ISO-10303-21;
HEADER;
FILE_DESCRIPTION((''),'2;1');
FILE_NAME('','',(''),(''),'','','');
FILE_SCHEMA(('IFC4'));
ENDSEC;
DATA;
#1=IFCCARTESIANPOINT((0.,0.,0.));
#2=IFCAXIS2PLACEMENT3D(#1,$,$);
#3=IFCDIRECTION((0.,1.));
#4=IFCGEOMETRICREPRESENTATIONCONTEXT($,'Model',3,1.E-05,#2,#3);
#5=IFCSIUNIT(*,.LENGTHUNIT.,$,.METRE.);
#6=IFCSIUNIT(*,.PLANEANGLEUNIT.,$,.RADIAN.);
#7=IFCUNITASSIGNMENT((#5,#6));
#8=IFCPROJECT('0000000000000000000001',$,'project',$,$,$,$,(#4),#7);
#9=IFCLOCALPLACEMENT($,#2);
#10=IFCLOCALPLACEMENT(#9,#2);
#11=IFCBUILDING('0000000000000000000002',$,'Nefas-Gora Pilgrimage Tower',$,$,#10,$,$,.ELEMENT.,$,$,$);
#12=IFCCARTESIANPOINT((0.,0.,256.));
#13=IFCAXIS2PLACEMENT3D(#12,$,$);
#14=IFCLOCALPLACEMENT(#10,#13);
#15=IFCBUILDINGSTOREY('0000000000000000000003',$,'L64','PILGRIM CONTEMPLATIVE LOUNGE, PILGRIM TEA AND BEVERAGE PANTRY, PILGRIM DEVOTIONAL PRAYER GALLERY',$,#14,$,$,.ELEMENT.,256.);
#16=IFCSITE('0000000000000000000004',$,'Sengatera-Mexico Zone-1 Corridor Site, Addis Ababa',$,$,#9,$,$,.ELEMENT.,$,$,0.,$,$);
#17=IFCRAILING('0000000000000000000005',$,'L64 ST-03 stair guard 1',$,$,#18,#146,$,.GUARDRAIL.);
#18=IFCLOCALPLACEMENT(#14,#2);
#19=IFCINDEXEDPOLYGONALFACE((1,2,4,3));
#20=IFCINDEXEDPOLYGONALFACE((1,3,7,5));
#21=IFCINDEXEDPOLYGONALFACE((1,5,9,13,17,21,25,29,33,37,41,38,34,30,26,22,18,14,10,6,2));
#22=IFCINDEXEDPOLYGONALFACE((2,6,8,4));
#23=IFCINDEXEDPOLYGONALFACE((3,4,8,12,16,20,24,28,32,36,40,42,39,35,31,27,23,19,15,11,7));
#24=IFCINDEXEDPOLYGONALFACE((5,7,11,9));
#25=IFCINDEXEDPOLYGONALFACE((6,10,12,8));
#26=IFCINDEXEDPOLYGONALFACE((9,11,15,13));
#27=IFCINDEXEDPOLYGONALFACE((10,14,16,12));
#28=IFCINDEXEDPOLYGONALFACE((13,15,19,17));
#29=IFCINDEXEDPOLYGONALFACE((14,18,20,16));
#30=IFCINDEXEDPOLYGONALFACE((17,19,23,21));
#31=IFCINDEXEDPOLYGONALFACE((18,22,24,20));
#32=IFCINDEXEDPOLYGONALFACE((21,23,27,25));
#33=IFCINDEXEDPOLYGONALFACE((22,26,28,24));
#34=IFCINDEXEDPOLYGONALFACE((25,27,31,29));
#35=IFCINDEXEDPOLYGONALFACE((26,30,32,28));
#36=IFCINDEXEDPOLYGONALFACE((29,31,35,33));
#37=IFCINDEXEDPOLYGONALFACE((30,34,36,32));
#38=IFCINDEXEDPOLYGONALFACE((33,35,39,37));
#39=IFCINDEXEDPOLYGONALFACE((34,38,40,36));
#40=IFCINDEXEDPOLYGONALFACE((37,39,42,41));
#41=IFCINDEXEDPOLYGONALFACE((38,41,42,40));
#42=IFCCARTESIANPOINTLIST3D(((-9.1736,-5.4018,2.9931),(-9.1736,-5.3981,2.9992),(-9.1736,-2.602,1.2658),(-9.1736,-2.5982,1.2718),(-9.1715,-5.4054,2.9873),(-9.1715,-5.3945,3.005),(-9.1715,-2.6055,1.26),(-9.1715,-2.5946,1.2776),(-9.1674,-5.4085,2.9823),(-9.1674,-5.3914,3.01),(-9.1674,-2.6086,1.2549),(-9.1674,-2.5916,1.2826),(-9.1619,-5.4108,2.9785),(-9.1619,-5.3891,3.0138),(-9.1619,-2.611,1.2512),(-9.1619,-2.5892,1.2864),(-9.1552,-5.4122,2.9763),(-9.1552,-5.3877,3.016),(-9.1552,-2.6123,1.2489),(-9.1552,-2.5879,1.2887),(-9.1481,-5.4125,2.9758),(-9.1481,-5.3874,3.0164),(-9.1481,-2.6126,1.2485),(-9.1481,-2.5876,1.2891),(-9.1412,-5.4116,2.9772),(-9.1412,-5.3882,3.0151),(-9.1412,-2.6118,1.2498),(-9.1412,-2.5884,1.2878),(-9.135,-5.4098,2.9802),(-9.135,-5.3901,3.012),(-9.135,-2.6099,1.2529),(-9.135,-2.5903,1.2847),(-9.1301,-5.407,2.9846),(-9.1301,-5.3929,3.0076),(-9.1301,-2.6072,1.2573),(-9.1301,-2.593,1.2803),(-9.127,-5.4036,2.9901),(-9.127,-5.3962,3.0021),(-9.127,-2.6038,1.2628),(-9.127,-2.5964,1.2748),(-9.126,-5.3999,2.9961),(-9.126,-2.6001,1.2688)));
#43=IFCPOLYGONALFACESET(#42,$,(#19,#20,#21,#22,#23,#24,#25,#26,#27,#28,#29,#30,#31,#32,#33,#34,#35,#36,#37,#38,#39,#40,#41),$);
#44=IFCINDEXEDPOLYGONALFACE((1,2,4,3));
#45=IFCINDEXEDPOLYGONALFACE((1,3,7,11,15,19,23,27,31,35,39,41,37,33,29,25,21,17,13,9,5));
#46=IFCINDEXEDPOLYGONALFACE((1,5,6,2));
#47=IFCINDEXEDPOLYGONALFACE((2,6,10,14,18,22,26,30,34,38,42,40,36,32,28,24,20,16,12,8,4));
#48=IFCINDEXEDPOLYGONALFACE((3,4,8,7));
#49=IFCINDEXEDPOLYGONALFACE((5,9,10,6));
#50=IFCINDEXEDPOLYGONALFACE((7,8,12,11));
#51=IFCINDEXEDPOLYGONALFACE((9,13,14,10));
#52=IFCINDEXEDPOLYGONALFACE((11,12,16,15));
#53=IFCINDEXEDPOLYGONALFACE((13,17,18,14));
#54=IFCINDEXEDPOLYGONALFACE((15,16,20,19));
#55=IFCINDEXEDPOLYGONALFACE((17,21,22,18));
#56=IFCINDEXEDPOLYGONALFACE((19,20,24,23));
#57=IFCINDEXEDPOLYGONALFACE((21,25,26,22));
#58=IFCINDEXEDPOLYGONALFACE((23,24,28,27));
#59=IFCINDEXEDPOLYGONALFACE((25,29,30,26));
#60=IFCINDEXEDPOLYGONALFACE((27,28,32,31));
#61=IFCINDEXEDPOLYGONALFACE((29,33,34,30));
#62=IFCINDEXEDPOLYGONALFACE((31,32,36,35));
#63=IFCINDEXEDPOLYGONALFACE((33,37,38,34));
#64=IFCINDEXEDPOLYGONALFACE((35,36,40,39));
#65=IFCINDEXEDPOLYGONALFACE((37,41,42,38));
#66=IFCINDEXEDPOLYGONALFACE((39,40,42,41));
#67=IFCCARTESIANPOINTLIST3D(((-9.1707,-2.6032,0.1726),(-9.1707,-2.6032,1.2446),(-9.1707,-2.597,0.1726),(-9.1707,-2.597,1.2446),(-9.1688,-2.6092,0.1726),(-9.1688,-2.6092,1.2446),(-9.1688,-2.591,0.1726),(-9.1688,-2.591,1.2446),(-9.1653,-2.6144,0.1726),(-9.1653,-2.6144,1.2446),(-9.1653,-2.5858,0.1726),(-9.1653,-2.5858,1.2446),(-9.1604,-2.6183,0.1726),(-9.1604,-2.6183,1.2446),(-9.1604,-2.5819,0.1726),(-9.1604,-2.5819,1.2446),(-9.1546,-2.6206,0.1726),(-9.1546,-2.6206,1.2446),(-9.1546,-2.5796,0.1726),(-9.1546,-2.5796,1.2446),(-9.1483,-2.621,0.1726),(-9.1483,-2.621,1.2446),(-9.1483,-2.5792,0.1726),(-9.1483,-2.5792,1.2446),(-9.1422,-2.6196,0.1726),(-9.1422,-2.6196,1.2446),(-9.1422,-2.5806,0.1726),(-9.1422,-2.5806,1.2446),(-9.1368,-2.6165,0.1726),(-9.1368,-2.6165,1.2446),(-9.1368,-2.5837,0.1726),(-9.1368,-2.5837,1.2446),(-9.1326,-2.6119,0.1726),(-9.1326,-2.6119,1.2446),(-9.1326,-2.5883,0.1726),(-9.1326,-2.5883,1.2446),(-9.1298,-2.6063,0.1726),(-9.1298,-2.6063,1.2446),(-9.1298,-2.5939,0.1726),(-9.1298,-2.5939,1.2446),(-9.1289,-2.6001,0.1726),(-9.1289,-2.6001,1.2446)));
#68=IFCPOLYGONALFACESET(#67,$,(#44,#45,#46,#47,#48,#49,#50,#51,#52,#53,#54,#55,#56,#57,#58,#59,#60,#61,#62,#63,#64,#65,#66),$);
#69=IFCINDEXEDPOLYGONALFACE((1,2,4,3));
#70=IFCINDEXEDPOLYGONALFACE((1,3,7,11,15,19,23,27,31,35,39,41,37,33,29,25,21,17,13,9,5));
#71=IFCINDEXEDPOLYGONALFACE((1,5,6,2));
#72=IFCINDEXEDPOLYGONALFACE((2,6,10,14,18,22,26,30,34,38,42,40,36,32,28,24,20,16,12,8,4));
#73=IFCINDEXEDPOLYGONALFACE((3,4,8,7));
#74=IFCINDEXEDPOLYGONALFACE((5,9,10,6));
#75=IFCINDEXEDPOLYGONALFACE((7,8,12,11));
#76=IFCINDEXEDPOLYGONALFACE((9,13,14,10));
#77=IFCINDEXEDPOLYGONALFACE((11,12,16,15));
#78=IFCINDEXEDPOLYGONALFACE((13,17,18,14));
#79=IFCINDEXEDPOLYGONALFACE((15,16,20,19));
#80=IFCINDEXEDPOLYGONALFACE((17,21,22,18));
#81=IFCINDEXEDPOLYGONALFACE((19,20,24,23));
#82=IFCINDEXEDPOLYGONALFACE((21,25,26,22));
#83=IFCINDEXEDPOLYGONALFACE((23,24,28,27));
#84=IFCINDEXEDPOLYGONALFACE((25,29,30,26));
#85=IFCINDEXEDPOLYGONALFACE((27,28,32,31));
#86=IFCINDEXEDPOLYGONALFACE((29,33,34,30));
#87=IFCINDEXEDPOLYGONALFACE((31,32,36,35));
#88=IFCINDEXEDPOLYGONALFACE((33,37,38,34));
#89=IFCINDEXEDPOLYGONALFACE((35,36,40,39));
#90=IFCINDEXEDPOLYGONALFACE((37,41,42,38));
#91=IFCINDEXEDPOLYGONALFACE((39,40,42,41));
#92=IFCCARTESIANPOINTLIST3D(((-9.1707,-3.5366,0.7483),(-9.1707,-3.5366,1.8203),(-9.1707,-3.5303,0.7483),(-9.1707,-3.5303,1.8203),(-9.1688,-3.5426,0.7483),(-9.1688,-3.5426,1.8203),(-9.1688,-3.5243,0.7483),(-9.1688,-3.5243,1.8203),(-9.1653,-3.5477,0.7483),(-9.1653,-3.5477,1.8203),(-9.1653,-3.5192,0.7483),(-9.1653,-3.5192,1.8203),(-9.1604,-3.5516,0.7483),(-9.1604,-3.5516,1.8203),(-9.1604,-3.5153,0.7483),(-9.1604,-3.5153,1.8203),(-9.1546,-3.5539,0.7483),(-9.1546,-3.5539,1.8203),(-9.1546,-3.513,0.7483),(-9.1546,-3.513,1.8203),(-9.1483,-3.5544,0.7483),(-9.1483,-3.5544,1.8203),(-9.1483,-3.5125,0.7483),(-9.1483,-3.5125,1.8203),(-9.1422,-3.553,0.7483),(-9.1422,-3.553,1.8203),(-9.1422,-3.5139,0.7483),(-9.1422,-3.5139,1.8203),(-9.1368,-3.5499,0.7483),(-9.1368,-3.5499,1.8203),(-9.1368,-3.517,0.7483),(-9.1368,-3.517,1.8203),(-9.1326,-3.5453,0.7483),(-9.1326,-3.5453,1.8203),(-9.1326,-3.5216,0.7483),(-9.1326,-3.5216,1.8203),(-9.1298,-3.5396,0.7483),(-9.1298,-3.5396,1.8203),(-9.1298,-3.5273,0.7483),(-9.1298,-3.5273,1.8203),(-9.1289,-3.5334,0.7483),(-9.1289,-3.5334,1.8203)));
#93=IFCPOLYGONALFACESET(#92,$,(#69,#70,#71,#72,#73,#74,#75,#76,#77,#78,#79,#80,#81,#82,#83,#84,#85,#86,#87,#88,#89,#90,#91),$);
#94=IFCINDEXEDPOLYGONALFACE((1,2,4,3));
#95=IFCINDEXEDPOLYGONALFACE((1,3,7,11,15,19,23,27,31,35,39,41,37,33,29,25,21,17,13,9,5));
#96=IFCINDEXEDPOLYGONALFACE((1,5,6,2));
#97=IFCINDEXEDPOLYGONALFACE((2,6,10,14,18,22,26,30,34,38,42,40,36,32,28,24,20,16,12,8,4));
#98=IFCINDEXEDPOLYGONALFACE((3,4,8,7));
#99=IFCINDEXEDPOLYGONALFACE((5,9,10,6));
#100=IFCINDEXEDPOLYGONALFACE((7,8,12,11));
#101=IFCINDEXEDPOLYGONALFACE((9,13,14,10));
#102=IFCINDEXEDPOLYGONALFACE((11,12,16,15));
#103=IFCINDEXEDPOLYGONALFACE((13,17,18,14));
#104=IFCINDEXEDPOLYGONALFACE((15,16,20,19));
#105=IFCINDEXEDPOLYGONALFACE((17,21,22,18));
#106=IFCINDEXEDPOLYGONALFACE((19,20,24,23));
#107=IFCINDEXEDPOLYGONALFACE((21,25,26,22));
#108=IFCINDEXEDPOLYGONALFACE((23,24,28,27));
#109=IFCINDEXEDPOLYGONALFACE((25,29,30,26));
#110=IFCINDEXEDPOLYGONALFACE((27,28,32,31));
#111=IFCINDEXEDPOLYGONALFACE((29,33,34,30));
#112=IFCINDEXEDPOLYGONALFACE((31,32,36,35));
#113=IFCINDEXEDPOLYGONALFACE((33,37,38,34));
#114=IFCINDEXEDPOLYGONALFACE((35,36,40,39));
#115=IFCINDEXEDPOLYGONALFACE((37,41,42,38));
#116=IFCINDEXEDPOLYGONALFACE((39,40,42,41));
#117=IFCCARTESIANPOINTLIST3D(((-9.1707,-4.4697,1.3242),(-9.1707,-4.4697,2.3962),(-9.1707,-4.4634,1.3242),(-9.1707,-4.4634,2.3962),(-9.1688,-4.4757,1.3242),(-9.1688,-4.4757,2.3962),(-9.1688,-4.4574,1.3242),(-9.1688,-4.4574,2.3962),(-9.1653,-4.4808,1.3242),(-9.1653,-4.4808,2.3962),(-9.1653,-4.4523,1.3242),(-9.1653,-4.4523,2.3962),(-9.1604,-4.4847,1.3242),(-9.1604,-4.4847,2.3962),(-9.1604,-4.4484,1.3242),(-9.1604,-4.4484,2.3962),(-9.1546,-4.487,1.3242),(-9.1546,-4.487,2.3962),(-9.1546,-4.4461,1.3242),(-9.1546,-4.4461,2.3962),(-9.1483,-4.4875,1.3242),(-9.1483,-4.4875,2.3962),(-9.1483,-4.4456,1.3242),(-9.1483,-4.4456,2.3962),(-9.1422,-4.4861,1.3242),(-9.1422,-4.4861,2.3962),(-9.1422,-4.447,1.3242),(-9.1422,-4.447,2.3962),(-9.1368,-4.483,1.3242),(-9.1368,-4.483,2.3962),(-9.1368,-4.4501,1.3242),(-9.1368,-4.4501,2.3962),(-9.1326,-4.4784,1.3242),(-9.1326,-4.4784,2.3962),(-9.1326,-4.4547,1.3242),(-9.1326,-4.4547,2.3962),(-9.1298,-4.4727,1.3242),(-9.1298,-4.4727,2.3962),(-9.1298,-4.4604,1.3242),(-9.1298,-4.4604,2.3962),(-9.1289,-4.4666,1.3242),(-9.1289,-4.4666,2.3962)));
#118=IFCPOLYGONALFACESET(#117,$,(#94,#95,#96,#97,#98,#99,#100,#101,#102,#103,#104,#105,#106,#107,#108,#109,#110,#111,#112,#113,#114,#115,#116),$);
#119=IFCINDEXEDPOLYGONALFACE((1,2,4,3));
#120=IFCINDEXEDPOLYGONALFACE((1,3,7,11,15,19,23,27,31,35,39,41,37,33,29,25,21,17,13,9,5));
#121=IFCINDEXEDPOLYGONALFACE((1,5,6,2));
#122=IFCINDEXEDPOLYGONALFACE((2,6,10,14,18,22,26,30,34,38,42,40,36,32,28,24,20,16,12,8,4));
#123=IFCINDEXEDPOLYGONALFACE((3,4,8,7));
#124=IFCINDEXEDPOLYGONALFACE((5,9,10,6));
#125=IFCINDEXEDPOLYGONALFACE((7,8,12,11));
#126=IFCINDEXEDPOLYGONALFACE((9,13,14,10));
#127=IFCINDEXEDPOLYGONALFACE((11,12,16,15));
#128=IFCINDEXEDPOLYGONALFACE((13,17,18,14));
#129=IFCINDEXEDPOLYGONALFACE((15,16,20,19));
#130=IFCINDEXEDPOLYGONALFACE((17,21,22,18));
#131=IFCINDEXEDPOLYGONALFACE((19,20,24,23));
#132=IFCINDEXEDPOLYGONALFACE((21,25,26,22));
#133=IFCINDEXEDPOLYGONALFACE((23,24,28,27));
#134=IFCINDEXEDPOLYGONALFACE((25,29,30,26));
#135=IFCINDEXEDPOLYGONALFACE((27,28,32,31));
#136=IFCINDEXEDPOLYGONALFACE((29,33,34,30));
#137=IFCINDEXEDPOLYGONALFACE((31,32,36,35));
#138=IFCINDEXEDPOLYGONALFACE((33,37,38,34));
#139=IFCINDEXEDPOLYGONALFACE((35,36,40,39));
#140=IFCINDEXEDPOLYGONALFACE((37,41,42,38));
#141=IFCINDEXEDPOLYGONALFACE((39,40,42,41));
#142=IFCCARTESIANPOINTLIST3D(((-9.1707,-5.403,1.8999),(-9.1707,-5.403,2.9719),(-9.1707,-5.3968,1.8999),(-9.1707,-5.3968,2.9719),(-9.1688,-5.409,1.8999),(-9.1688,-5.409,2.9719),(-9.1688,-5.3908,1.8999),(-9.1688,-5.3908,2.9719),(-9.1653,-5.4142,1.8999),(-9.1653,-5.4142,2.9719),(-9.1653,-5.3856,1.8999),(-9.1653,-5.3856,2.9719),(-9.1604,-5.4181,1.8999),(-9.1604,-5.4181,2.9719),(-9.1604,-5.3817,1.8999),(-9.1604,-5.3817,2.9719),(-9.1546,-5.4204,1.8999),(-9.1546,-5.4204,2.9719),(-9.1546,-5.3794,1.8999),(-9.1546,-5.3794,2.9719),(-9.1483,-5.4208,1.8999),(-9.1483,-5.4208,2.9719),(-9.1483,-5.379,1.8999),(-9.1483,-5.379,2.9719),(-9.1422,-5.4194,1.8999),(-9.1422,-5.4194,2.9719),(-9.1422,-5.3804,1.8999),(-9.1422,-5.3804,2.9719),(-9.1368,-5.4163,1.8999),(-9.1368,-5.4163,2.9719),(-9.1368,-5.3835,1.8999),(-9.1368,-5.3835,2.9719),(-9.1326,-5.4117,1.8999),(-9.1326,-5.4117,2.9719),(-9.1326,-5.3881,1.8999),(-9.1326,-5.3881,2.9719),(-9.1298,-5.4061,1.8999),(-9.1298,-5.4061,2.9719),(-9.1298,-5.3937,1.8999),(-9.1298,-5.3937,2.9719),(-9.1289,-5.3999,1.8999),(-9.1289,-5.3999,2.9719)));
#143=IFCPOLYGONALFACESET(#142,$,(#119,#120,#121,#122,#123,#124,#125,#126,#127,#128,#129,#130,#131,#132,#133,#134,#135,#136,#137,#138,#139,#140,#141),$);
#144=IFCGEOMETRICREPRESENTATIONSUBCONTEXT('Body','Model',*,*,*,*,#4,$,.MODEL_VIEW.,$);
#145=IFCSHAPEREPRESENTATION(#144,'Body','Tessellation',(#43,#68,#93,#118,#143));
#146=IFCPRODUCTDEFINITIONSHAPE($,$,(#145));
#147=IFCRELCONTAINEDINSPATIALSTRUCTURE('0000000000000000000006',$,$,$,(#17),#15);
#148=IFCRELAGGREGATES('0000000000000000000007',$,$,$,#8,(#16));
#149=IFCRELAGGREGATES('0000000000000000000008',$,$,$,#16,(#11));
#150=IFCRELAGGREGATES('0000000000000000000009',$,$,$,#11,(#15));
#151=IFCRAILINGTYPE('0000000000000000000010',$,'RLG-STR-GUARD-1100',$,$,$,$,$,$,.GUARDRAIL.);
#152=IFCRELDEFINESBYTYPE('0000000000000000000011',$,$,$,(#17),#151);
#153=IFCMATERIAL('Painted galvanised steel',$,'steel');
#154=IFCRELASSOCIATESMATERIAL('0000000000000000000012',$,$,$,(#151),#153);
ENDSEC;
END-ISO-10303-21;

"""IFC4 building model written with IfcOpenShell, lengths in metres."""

from ifc_helpers import new_model, si_unit, direction, frame, origin, origin_2d, place, context, subcontext, project, spatial, circle, extrude, material, type_object, element, save


model = new_model("IFC4")

# Units and contexts
model_context = context("Model", 3, precision=1e-05, world=origin(), true_north=direction((0.0, 1.0)))
body_context = subcontext(model_context, "Body", "Model", "MODEL_VIEW")
ifc_project = project(units=[si_unit("LENGTHUNIT", "METRE"), si_unit("PLANEANGLEUNIT", "RADIAN")], contexts=[model_context])

# Site, building, storey
site_placement = place(None, origin())
site = spatial("IfcSite", under=ifc_project, at=site_placement, Name="Sengatera-Mexico Zone-1 Corridor Site, Addis Ababa", CompositionType="ELEMENT", RefElevation=0.0)
building_placement = place(site_placement, origin())
building = spatial("IfcBuilding", under=site, at=building_placement, Name="Nefas-Gora Pilgrimage Tower", CompositionType="ELEMENT")
storey_placement = place(building_placement, frame((0.0, 0.0, 256.0)))
storey = spatial("IfcBuildingStorey", under=building, at=storey_placement, Name="L64", Description="PILGRIM CONTEMPLATIVE LOUNGE, PILGRIM TEA AND BEVERAGE PANTRY, PILGRIM DEVOTIONAL PRAYER GALLERY", CompositionType="ELEMENT", Elevation=256.0)

# Railing
ifc_material_1 = material(Name="Painted galvanised steel", Category="steel")
railing_type_1 = type_object("IfcRailingType", Name="RLG-STR-GUARD-1100", PredefinedType="GUARDRAIL", material=ifc_material_1)
railing_1_placement = place(storey_placement, frame((-9.1499, -2.6001, 0.1726)))
element("IfcRailing", 1, at=railing_1_placement, inside=storey, type_object=railing_type_1, Name="L64 ST-03 stair guard 1", PredefinedType="GUARDRAIL", context=body_context, shape_type="SweptSolid", body=[
    extrude(circle(Radius=0.0239, at=origin_2d()), frame((0.0, 0.0, 1.0962), z_axis=(0.0, -0.851069, 0.525054), x_axis=(1.0, 0.0, 0.0)), (0.0, 0.0, 1.0), 3.2898),
    extrude(circle(Radius=0.021, at=origin_2d()), origin(), (0.0, 0.0, 1.0), 1.072),
    extrude(circle(Radius=0.021, at=origin_2d()), frame((0.0, -0.9333, 0.5757)), (0.0, 0.0, 1.0), 1.072),
    extrude(circle(Radius=0.021, at=origin_2d()), frame((0.0, -1.8665, 1.1516)), (0.0, 0.0, 1.0), 1.072),
    extrude(circle(Radius=0.021, at=origin_2d()), frame((0.0, -2.7998, 1.7273)), (0.0, 0.0, 1.0), 1.072),
])

save(model, "model.ifc")
